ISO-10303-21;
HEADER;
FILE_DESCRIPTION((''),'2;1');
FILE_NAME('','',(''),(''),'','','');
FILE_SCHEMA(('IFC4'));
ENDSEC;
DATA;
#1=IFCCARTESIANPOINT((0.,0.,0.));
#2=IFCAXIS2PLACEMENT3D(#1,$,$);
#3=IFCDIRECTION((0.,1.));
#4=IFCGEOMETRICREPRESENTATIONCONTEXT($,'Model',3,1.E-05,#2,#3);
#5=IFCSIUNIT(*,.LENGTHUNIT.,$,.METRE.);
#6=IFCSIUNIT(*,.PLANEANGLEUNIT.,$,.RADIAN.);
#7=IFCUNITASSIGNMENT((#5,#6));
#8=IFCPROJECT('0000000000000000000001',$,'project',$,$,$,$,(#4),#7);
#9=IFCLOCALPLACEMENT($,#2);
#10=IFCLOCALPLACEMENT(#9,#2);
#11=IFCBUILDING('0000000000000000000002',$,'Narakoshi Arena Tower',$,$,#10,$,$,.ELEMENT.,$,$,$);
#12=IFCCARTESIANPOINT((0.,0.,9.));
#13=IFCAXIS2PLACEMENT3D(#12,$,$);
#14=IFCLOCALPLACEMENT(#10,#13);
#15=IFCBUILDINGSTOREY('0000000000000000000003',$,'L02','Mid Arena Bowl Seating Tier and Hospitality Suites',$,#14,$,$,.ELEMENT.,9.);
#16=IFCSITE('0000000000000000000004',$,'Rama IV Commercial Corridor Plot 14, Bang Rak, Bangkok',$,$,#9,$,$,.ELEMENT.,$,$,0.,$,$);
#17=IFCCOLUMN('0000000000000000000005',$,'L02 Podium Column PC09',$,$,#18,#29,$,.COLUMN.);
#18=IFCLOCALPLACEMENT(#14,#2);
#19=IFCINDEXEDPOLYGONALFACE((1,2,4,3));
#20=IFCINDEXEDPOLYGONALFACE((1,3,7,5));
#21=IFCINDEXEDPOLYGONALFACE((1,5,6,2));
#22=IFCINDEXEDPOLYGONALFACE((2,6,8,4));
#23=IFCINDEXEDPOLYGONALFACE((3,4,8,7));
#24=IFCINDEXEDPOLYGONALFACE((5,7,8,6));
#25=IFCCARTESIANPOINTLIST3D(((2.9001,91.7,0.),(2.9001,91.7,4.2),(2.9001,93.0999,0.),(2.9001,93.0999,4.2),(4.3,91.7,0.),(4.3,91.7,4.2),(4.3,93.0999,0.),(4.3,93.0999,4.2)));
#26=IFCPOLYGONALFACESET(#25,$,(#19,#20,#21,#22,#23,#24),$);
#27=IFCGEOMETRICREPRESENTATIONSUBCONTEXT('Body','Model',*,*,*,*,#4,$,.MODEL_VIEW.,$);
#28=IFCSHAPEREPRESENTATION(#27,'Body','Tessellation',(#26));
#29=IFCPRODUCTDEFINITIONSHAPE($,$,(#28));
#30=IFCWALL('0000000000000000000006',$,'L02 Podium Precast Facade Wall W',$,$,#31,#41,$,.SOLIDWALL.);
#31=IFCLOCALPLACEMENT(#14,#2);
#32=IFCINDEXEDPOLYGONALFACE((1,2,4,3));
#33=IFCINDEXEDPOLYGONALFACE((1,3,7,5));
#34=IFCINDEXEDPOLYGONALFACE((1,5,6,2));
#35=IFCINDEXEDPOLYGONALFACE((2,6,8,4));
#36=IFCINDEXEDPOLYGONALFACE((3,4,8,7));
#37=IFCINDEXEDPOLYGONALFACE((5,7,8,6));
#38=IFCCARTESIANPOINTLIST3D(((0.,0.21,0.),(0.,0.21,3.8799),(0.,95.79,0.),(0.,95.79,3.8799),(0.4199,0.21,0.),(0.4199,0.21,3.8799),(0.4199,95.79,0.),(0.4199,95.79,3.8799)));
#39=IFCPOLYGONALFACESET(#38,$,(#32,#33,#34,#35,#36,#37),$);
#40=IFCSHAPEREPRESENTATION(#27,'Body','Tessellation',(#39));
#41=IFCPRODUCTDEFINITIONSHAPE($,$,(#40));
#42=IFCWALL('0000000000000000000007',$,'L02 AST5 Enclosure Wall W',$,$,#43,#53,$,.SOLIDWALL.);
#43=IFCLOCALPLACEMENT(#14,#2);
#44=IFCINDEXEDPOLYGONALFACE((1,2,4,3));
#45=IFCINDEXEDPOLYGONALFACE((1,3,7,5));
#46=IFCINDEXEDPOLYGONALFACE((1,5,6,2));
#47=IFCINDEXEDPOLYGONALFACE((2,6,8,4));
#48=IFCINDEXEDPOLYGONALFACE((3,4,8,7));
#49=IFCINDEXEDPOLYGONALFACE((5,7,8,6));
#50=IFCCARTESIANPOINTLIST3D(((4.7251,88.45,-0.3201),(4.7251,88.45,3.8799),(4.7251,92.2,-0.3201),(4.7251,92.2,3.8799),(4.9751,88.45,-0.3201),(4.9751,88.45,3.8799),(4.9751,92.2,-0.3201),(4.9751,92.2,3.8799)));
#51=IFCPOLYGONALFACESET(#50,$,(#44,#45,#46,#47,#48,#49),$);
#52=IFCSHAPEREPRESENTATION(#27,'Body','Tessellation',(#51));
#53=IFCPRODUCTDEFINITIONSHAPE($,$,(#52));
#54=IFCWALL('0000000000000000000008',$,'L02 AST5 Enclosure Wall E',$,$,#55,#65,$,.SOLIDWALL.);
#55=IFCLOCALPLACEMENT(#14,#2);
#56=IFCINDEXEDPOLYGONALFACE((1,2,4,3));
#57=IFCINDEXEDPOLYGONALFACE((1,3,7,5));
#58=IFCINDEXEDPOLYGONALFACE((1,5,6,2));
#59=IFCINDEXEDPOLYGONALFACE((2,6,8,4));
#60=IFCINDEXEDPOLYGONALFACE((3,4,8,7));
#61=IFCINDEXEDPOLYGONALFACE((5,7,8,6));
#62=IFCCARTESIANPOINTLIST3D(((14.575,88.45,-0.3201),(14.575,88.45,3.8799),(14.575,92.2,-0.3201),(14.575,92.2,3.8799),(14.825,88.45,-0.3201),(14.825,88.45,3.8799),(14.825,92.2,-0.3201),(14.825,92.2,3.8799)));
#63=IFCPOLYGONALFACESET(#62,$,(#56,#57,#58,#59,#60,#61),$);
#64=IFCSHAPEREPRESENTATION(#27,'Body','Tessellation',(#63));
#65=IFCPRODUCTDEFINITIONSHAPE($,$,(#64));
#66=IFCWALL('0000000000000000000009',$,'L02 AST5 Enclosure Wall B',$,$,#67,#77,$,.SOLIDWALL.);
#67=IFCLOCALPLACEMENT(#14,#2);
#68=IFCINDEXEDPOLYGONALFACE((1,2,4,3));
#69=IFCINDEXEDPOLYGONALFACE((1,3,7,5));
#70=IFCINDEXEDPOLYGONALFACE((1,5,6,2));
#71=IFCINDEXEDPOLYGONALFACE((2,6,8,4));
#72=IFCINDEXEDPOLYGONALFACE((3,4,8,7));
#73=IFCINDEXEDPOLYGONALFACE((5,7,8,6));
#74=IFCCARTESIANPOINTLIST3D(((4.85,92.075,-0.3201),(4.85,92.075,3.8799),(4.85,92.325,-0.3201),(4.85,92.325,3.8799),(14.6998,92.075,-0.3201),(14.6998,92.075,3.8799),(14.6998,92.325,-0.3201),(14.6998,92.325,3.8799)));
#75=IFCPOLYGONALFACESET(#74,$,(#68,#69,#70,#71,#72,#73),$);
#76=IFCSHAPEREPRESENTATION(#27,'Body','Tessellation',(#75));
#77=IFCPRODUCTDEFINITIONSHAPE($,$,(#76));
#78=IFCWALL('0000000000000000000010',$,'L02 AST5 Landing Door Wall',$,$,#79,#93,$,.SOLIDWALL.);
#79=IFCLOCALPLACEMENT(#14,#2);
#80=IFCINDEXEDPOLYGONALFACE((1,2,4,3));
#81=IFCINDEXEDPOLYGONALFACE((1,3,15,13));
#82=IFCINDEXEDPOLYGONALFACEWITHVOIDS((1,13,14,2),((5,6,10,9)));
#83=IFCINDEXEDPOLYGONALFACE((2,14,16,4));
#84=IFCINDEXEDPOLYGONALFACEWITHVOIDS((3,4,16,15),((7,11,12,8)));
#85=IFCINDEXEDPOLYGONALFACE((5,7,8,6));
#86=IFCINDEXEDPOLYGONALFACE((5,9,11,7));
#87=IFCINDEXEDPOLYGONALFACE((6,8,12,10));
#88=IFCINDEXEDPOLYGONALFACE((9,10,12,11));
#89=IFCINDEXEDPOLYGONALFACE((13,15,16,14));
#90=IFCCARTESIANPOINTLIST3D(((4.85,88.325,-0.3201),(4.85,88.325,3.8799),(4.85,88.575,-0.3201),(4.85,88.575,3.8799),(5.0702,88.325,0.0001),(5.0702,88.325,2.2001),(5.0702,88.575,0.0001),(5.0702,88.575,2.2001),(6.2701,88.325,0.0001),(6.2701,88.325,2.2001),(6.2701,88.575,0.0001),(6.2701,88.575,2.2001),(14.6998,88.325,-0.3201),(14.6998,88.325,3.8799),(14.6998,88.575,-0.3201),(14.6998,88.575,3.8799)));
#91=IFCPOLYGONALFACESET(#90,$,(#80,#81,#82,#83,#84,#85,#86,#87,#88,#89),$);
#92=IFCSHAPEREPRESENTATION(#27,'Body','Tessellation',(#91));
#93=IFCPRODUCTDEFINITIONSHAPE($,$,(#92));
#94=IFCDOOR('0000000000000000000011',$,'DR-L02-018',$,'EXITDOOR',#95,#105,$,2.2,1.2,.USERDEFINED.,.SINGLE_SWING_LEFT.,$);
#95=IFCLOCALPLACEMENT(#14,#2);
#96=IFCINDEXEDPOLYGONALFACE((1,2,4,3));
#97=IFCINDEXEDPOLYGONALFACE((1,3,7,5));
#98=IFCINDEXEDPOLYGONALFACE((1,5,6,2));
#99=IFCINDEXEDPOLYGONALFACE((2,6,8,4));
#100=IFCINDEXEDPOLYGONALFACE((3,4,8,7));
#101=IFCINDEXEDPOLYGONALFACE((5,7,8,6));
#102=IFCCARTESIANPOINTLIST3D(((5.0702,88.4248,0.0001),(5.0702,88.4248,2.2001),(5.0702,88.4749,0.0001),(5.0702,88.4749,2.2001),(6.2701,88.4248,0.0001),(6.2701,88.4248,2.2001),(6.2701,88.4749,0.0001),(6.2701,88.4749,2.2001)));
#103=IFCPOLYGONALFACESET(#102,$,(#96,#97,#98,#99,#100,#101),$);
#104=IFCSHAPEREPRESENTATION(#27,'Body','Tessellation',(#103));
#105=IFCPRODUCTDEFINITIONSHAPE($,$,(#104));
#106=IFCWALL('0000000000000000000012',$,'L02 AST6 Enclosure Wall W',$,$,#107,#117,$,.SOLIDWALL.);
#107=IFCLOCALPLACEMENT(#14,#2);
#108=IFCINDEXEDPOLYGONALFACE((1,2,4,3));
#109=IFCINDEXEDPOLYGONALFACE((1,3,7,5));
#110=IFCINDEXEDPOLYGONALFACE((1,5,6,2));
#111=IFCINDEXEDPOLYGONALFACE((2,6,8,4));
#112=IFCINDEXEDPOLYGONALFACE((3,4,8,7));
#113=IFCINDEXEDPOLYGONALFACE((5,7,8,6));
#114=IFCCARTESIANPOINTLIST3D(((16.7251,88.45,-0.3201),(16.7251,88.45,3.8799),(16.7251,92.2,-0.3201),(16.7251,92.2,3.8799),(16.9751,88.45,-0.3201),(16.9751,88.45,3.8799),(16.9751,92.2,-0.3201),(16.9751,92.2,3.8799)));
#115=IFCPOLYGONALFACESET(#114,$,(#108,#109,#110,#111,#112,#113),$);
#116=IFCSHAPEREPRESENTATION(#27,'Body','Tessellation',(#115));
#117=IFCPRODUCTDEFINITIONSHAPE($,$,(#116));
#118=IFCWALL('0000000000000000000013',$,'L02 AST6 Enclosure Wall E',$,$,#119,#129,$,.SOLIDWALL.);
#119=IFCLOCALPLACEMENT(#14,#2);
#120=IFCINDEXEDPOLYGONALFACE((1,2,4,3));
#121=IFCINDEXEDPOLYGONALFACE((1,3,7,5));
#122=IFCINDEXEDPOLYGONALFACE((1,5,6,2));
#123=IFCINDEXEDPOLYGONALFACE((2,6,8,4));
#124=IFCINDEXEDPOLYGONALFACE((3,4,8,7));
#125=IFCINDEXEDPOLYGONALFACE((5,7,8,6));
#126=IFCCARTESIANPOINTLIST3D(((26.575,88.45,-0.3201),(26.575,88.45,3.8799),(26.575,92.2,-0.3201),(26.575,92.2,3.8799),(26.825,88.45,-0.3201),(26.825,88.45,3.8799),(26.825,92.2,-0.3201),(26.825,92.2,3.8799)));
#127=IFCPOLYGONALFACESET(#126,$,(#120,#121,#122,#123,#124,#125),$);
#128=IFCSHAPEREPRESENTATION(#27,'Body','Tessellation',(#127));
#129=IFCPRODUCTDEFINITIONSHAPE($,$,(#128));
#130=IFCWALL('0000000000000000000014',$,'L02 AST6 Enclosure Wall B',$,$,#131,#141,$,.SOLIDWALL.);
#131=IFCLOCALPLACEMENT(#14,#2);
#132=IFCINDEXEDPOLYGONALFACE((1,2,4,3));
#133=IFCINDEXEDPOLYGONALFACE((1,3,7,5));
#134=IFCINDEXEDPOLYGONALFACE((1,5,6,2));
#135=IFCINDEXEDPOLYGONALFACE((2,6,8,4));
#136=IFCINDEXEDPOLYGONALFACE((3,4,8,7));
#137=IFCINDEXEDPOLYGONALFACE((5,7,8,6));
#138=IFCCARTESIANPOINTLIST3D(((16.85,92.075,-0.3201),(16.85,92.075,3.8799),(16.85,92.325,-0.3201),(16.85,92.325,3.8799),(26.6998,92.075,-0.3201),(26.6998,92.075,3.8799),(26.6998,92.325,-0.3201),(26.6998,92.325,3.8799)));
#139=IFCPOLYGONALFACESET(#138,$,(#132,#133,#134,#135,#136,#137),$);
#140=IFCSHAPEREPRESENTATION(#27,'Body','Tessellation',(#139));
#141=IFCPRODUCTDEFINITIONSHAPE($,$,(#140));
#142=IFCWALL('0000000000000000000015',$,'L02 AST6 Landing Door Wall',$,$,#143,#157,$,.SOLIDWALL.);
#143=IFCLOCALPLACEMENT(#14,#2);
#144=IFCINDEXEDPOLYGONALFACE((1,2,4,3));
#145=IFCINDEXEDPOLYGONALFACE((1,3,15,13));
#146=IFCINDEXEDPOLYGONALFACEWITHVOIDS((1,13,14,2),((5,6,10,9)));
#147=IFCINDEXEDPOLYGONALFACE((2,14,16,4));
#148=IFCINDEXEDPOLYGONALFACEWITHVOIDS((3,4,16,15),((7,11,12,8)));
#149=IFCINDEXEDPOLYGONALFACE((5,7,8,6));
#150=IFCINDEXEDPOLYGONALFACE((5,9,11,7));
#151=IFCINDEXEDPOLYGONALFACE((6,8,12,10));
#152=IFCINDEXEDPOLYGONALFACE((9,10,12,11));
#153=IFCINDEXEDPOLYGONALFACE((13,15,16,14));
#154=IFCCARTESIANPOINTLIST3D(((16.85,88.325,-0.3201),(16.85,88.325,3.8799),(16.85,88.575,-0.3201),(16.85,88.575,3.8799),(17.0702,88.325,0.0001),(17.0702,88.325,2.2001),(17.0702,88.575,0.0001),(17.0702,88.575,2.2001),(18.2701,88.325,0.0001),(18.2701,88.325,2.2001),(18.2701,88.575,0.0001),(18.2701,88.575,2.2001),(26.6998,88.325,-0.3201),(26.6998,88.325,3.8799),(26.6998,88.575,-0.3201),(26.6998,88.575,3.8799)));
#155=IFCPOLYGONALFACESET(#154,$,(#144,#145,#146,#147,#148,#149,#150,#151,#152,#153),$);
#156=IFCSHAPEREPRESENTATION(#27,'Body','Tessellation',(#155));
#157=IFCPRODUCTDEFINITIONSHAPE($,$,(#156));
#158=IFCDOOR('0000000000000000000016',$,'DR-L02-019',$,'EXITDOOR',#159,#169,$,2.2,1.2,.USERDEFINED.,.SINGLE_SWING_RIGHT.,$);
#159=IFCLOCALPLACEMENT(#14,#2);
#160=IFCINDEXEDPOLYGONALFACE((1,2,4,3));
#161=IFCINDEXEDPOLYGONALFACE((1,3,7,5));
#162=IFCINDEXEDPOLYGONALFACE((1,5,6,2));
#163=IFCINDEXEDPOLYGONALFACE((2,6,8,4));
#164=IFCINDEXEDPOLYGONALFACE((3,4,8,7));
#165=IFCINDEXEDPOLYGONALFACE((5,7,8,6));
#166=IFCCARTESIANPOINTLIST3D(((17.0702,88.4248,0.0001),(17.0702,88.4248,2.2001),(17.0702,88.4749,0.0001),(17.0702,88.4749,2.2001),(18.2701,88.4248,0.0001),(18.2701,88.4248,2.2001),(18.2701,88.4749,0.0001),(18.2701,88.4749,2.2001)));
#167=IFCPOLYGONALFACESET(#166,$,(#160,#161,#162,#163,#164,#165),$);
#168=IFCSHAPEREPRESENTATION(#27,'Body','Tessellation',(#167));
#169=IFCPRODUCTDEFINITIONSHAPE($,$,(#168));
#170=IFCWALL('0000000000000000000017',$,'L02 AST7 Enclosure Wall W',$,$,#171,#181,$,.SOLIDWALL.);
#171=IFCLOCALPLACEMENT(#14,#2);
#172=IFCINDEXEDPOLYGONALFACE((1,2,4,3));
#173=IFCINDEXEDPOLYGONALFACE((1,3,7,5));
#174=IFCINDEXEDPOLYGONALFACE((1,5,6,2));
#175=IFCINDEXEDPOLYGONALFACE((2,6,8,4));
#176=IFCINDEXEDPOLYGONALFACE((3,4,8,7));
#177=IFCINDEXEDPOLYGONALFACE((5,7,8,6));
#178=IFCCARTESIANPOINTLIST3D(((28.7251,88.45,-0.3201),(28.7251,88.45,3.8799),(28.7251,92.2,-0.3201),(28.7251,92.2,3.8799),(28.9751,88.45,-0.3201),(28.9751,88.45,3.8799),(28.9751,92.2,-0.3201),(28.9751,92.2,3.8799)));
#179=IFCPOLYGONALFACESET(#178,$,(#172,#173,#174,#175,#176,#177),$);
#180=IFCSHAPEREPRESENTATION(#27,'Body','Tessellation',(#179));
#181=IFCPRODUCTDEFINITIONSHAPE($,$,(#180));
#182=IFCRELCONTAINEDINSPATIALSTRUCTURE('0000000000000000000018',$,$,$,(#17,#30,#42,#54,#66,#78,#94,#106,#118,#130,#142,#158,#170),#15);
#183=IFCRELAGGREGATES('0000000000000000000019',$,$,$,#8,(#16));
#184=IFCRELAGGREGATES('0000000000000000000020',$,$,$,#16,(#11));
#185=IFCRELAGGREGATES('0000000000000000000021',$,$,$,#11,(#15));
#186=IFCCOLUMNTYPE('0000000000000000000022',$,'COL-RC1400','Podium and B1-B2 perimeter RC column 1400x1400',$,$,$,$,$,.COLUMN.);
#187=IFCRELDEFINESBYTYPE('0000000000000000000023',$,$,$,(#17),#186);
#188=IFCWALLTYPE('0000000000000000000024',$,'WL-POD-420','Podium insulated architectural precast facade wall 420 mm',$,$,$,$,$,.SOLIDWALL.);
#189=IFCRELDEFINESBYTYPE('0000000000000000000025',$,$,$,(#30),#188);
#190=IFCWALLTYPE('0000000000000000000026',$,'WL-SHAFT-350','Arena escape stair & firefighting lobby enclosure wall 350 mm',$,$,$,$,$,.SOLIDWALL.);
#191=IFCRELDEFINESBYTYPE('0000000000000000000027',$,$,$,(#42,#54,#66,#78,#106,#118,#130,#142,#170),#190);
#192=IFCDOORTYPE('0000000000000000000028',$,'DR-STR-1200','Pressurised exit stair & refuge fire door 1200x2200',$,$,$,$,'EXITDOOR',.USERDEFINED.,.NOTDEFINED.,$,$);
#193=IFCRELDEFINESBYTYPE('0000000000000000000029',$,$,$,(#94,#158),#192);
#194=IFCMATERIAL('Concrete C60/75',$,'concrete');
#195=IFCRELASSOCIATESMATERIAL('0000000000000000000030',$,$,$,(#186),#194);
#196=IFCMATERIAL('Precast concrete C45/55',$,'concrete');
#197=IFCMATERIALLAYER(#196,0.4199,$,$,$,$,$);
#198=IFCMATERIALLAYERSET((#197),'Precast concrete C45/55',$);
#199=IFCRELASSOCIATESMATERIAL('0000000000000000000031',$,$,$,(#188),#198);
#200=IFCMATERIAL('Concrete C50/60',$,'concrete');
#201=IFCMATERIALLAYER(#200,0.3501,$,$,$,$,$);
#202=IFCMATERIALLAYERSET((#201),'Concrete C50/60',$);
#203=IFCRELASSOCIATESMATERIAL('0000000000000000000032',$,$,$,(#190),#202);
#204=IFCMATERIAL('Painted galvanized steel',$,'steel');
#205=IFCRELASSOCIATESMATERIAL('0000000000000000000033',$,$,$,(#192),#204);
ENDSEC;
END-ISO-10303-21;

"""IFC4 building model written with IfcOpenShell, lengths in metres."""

from ifc_helpers import new_model, si_unit, direction, frame, frame_2d, origin, origin_2d, place, context, subcontext, project, spatial, rectangle, extrude, material, layer, layer_set, material_profile, profile_set, type_object, element, fill, save


model = new_model("IFC4")

# Units and contexts
model_context = context("Model", 3, precision=1e-05, world=origin(), true_north=direction((0.0, 1.0)))
body_context = subcontext(model_context, "Body", "Model", "MODEL_VIEW")
ifc_project = project(units=[si_unit("LENGTHUNIT", "METRE"), si_unit("PLANEANGLEUNIT", "RADIAN")], contexts=[model_context])

# Site, building, storey
site_placement = place(None, origin())
site = spatial("IfcSite", under=ifc_project, at=site_placement, Name="Rama IV Commercial Corridor Plot 14, Bang Rak, Bangkok", CompositionType="ELEMENT", RefElevation=0.0)
building_placement = place(site_placement, origin())
building = spatial("IfcBuilding", under=site, at=building_placement, Name="Narakoshi Arena Tower", CompositionType="ELEMENT")
storey_placement = place(building_placement, frame((0.0, 0.0, 9.0)))
storey = spatial("IfcBuildingStorey", under=building, at=storey_placement, Name="L02", Description="Mid Arena Bowl Seating Tier and Hospitality Suites", CompositionType="ELEMENT", Elevation=9.0)

# Column
ifc_material_1 = material(Name="Concrete C60/75", Category="concrete")
ifc_material_profile = material_profile(ifc_material_1, rectangle(XDim=1.3999, YDim=1.3999, at=origin_2d()), Name="RC1400x1400")
ifc_profile_set = profile_set([ifc_material_profile], Name="Concrete C60/75")
column_type = type_object("IfcColumnType", Name="COL-RC1400", Description="Podium and B1-B2 perimeter RC column 1400x1400", PredefinedType="COLUMN", material=ifc_profile_set)
column_placement = place(storey_placement, frame((3.6001, 92.3999, 0.0), z_axis=(0.0, 0.0, 1.0), x_axis=(1.0, 0.0, 0.0)))
element("IfcColumn", 1, at=column_placement, inside=storey, type_object=column_type, Name="L02 Podium Column PC09", PredefinedType="COLUMN", context=body_context, shape_type="SweptSolid", body=[
    extrude(rectangle(XDim=1.3999, YDim=1.3999, at=origin_2d()), origin(), (0.0, 0.0, 1.0), 4.2),
])

# Walls
ifc_material_2 = material(Name="Precast concrete C45/55", Category="concrete")
ifc_layer_1 = layer(ifc_material_2, 0.4199)
ifc_layer_set_1 = layer_set([ifc_layer_1], Name="Precast concrete C45/55")
wall_type_1 = type_object("IfcWallType", Name="WL-POD-420", Description="Podium insulated architectural precast facade wall 420 mm", PredefinedType="SOLIDWALL", material=ifc_layer_set_1)
wall_1_placement = place(storey_placement, frame((0.21, 95.79, 0.0), z_axis=(0.0, 0.0, 1.0), x_axis=(0.0, -1.0, 0.0)))
element("IfcWall", 2, at=wall_1_placement, inside=storey, type_object=wall_type_1, Name="L02 Podium Precast Facade Wall W", PredefinedType="SOLIDWALL", context=body_context, shape_type="SweptSolid", body=[
    extrude(rectangle(XDim=95.5801, YDim=0.4199, at=frame_2d((47.79, 0.0))), origin(), (0.0, 0.0, 1.0), 3.8799),
])
ifc_material_3 = material(Name="Concrete C50/60", Category="concrete")
ifc_layer_2 = layer(ifc_material_3, 0.3501)
ifc_layer_set_2 = layer_set([ifc_layer_2], Name="Concrete C50/60")
wall_type_2 = type_object("IfcWallType", Name="WL-SHAFT-350", Description="Arena escape stair & firefighting lobby enclosure wall 350 mm", PredefinedType="SOLIDWALL", material=ifc_layer_set_2)
for number, where, z_axis, x_axis, name in (
    (3, (4.8501, 88.45, -0.3201), (0.0, 0.0, 1.0), (0.0, 1.0, 0.0), "L02 AST5 Enclosure Wall W"),
    (4, (14.7, 88.45, -0.3201), (0.0, 0.0, 1.0), (0.0, 1.0, 0.0), "L02 AST5 Enclosure Wall E"),
):
    element("IfcWall", number, at=place(storey_placement, frame(where, z_axis=z_axis, x_axis=x_axis)), inside=storey, type_object=wall_type_2, Name=name, PredefinedType="SOLIDWALL", context=body_context, shape_type="SweptSolid", body=[
        extrude(rectangle(XDim=3.75, YDim=0.25, at=frame_2d((1.875, 0.0))), origin(), (0.0, 0.0, 1.0), 4.2),
    ])
wall_2_placement = place(storey_placement, frame((4.8501, 92.2, -0.3201), z_axis=(0.0, 0.0, 1.0), x_axis=(1.0, 0.0, 0.0)))
element("IfcWall", 5, at=wall_2_placement, inside=storey, type_object=wall_type_2, Name="L02 AST5 Enclosure Wall B", PredefinedType="SOLIDWALL", context=body_context, shape_type="SweptSolid", body=[
    extrude(rectangle(XDim=9.8499, YDim=0.25, at=frame_2d((4.9248, 0.0))), origin(), (0.0, 0.0, 1.0), 4.2),
])

# Wall, opening, door
wall_3_placement = place(storey_placement, frame((4.8501, 88.45, -0.3201), z_axis=(0.0, 0.0, 1.0), x_axis=(1.0, 0.0, 0.0)))
wall_3 = element("IfcWall", 6, at=wall_3_placement, inside=storey, type_object=wall_type_2, Name="L02 AST5 Landing Door Wall", PredefinedType="SOLIDWALL", context=body_context, shape_type="SweptSolid", body=[
    extrude(rectangle(XDim=9.8499, YDim=0.25, at=frame_2d((4.9248, 0.0))), origin(), (0.0, 0.0, 1.0), 4.2),
])
opening_1_placement = place(wall_3_placement, frame((0.22, 0.0, 0.3201)))
opening_1 = element("IfcOpeningElement", 7, at=opening_1_placement, cuts=wall_3, PredefinedType="OPENING", context=body_context, shape_type="SweptSolid", body=[
    extrude(rectangle(XDim=1.2, YDim=2.2, at=frame_2d((0.6001, 1.1001))), frame((0.0, 0.135, 0.0), z_axis=(0.0, -1.0, 0.0), x_axis=(1.0, 0.0, 0.0)), (0.0, 0.0, 1.0), 0.27),
])
ifc_material_4 = material(Name="Painted galvanized steel", Category="steel")
door_type = type_object("IfcDoorType", Name="DR-STR-1200", Description="Pressurised exit stair & refuge fire door 1200x2200", ElementType="EXITDOOR", OperationType="NOTDEFINED", PredefinedType="USERDEFINED", material=ifc_material_4)
door_1_placement = place(opening_1_placement, origin())
door_1 = element("IfcDoor", 8, at=door_1_placement, inside=storey, type_object=door_type, Name="DR-L02-018", ObjectType="EXITDOOR", OperationType="SINGLE_SWING_LEFT", OverallHeight=2.2, OverallWidth=1.2, PredefinedType="USERDEFINED", context=body_context, shape_type="SweptSolid", body=[
    extrude(rectangle(XDim=1.2, YDim=2.2, at=frame_2d((0.6001, 1.1001))), frame((0.0, 0.0249, 0.0), z_axis=(0.0, -1.0, 0.0), x_axis=(1.0, 0.0, 0.0)), (0.0, 0.0, 1.0), 0.05),
])
fill(opening_1, door_1)

# Walls
for number, where, z_axis, x_axis, name in (
    (9, (16.8501, 88.45, -0.3201), (0.0, 0.0, 1.0), (0.0, 1.0, 0.0), "L02 AST6 Enclosure Wall W"),
    (10, (26.7, 88.45, -0.3201), (0.0, 0.0, 1.0), (0.0, 1.0, 0.0), "L02 AST6 Enclosure Wall E"),
):
    element("IfcWall", number, at=place(storey_placement, frame(where, z_axis=z_axis, x_axis=x_axis)), inside=storey, type_object=wall_type_2, Name=name, PredefinedType="SOLIDWALL", context=body_context, shape_type="SweptSolid", body=[
        extrude(rectangle(XDim=3.75, YDim=0.25, at=frame_2d((1.875, 0.0))), origin(), (0.0, 0.0, 1.0), 4.2),
    ])
wall_4_placement = place(storey_placement, frame((16.8501, 92.2, -0.3201), z_axis=(0.0, 0.0, 1.0), x_axis=(1.0, 0.0, 0.0)))
element("IfcWall", 11, at=wall_4_placement, inside=storey, type_object=wall_type_2, Name="L02 AST6 Enclosure Wall B", PredefinedType="SOLIDWALL", context=body_context, shape_type="SweptSolid", body=[
    extrude(rectangle(XDim=9.8499, YDim=0.25, at=frame_2d((4.9248, 0.0))), origin(), (0.0, 0.0, 1.0), 4.2),
])

# Wall, opening, door
wall_5_placement = place(storey_placement, frame((16.8501, 88.45, -0.3201), z_axis=(0.0, 0.0, 1.0), x_axis=(1.0, 0.0, 0.0)))
wall_5 = element("IfcWall", 12, at=wall_5_placement, inside=storey, type_object=wall_type_2, Name="L02 AST6 Landing Door Wall", PredefinedType="SOLIDWALL", context=body_context, shape_type="SweptSolid", body=[
    extrude(rectangle(XDim=9.8499, YDim=0.25, at=frame_2d((4.9248, 0.0))), origin(), (0.0, 0.0, 1.0), 4.2),
])
opening_2_placement = place(wall_5_placement, frame((0.22, 0.0, 0.3201)))
opening_2 = element("IfcOpeningElement", 13, at=opening_2_placement, cuts=wall_5, PredefinedType="OPENING", context=body_context, shape_type="SweptSolid", body=[
    extrude(rectangle(XDim=1.2, YDim=2.2, at=frame_2d((0.6001, 1.1001))), frame((0.0, 0.135, 0.0), z_axis=(0.0, -1.0, 0.0), x_axis=(1.0, 0.0, 0.0)), (0.0, 0.0, 1.0), 0.27),
])
door_2_placement = place(opening_2_placement, origin())
door_2 = element("IfcDoor", 14, at=door_2_placement, inside=storey, type_object=door_type, Name="DR-L02-019", ObjectType="EXITDOOR", OperationType="SINGLE_SWING_RIGHT", OverallHeight=2.2, OverallWidth=1.2, PredefinedType="USERDEFINED", context=body_context, shape_type="SweptSolid", body=[
    extrude(rectangle(XDim=1.2, YDim=2.2, at=frame_2d((0.6001, 1.1001))), frame((0.0, 0.0249, 0.0), z_axis=(0.0, -1.0, 0.0), x_axis=(1.0, 0.0, 0.0)), (0.0, 0.0, 1.0), 0.05),
])
fill(opening_2, door_2)

# Wall
wall_6_placement = place(storey_placement, frame((28.8501, 88.45, -0.3201), z_axis=(0.0, 0.0, 1.0), x_axis=(0.0, 1.0, 0.0)))
element("IfcWall", 15, at=wall_6_placement, inside=storey, type_object=wall_type_2, Name="L02 AST7 Enclosure Wall W", PredefinedType="SOLIDWALL", context=body_context, shape_type="SweptSolid", body=[
    extrude(rectangle(XDim=3.75, YDim=0.25, at=frame_2d((1.875, 0.0))), origin(), (0.0, 0.0, 1.0), 4.2),
])

save(model, "model.ifc")
